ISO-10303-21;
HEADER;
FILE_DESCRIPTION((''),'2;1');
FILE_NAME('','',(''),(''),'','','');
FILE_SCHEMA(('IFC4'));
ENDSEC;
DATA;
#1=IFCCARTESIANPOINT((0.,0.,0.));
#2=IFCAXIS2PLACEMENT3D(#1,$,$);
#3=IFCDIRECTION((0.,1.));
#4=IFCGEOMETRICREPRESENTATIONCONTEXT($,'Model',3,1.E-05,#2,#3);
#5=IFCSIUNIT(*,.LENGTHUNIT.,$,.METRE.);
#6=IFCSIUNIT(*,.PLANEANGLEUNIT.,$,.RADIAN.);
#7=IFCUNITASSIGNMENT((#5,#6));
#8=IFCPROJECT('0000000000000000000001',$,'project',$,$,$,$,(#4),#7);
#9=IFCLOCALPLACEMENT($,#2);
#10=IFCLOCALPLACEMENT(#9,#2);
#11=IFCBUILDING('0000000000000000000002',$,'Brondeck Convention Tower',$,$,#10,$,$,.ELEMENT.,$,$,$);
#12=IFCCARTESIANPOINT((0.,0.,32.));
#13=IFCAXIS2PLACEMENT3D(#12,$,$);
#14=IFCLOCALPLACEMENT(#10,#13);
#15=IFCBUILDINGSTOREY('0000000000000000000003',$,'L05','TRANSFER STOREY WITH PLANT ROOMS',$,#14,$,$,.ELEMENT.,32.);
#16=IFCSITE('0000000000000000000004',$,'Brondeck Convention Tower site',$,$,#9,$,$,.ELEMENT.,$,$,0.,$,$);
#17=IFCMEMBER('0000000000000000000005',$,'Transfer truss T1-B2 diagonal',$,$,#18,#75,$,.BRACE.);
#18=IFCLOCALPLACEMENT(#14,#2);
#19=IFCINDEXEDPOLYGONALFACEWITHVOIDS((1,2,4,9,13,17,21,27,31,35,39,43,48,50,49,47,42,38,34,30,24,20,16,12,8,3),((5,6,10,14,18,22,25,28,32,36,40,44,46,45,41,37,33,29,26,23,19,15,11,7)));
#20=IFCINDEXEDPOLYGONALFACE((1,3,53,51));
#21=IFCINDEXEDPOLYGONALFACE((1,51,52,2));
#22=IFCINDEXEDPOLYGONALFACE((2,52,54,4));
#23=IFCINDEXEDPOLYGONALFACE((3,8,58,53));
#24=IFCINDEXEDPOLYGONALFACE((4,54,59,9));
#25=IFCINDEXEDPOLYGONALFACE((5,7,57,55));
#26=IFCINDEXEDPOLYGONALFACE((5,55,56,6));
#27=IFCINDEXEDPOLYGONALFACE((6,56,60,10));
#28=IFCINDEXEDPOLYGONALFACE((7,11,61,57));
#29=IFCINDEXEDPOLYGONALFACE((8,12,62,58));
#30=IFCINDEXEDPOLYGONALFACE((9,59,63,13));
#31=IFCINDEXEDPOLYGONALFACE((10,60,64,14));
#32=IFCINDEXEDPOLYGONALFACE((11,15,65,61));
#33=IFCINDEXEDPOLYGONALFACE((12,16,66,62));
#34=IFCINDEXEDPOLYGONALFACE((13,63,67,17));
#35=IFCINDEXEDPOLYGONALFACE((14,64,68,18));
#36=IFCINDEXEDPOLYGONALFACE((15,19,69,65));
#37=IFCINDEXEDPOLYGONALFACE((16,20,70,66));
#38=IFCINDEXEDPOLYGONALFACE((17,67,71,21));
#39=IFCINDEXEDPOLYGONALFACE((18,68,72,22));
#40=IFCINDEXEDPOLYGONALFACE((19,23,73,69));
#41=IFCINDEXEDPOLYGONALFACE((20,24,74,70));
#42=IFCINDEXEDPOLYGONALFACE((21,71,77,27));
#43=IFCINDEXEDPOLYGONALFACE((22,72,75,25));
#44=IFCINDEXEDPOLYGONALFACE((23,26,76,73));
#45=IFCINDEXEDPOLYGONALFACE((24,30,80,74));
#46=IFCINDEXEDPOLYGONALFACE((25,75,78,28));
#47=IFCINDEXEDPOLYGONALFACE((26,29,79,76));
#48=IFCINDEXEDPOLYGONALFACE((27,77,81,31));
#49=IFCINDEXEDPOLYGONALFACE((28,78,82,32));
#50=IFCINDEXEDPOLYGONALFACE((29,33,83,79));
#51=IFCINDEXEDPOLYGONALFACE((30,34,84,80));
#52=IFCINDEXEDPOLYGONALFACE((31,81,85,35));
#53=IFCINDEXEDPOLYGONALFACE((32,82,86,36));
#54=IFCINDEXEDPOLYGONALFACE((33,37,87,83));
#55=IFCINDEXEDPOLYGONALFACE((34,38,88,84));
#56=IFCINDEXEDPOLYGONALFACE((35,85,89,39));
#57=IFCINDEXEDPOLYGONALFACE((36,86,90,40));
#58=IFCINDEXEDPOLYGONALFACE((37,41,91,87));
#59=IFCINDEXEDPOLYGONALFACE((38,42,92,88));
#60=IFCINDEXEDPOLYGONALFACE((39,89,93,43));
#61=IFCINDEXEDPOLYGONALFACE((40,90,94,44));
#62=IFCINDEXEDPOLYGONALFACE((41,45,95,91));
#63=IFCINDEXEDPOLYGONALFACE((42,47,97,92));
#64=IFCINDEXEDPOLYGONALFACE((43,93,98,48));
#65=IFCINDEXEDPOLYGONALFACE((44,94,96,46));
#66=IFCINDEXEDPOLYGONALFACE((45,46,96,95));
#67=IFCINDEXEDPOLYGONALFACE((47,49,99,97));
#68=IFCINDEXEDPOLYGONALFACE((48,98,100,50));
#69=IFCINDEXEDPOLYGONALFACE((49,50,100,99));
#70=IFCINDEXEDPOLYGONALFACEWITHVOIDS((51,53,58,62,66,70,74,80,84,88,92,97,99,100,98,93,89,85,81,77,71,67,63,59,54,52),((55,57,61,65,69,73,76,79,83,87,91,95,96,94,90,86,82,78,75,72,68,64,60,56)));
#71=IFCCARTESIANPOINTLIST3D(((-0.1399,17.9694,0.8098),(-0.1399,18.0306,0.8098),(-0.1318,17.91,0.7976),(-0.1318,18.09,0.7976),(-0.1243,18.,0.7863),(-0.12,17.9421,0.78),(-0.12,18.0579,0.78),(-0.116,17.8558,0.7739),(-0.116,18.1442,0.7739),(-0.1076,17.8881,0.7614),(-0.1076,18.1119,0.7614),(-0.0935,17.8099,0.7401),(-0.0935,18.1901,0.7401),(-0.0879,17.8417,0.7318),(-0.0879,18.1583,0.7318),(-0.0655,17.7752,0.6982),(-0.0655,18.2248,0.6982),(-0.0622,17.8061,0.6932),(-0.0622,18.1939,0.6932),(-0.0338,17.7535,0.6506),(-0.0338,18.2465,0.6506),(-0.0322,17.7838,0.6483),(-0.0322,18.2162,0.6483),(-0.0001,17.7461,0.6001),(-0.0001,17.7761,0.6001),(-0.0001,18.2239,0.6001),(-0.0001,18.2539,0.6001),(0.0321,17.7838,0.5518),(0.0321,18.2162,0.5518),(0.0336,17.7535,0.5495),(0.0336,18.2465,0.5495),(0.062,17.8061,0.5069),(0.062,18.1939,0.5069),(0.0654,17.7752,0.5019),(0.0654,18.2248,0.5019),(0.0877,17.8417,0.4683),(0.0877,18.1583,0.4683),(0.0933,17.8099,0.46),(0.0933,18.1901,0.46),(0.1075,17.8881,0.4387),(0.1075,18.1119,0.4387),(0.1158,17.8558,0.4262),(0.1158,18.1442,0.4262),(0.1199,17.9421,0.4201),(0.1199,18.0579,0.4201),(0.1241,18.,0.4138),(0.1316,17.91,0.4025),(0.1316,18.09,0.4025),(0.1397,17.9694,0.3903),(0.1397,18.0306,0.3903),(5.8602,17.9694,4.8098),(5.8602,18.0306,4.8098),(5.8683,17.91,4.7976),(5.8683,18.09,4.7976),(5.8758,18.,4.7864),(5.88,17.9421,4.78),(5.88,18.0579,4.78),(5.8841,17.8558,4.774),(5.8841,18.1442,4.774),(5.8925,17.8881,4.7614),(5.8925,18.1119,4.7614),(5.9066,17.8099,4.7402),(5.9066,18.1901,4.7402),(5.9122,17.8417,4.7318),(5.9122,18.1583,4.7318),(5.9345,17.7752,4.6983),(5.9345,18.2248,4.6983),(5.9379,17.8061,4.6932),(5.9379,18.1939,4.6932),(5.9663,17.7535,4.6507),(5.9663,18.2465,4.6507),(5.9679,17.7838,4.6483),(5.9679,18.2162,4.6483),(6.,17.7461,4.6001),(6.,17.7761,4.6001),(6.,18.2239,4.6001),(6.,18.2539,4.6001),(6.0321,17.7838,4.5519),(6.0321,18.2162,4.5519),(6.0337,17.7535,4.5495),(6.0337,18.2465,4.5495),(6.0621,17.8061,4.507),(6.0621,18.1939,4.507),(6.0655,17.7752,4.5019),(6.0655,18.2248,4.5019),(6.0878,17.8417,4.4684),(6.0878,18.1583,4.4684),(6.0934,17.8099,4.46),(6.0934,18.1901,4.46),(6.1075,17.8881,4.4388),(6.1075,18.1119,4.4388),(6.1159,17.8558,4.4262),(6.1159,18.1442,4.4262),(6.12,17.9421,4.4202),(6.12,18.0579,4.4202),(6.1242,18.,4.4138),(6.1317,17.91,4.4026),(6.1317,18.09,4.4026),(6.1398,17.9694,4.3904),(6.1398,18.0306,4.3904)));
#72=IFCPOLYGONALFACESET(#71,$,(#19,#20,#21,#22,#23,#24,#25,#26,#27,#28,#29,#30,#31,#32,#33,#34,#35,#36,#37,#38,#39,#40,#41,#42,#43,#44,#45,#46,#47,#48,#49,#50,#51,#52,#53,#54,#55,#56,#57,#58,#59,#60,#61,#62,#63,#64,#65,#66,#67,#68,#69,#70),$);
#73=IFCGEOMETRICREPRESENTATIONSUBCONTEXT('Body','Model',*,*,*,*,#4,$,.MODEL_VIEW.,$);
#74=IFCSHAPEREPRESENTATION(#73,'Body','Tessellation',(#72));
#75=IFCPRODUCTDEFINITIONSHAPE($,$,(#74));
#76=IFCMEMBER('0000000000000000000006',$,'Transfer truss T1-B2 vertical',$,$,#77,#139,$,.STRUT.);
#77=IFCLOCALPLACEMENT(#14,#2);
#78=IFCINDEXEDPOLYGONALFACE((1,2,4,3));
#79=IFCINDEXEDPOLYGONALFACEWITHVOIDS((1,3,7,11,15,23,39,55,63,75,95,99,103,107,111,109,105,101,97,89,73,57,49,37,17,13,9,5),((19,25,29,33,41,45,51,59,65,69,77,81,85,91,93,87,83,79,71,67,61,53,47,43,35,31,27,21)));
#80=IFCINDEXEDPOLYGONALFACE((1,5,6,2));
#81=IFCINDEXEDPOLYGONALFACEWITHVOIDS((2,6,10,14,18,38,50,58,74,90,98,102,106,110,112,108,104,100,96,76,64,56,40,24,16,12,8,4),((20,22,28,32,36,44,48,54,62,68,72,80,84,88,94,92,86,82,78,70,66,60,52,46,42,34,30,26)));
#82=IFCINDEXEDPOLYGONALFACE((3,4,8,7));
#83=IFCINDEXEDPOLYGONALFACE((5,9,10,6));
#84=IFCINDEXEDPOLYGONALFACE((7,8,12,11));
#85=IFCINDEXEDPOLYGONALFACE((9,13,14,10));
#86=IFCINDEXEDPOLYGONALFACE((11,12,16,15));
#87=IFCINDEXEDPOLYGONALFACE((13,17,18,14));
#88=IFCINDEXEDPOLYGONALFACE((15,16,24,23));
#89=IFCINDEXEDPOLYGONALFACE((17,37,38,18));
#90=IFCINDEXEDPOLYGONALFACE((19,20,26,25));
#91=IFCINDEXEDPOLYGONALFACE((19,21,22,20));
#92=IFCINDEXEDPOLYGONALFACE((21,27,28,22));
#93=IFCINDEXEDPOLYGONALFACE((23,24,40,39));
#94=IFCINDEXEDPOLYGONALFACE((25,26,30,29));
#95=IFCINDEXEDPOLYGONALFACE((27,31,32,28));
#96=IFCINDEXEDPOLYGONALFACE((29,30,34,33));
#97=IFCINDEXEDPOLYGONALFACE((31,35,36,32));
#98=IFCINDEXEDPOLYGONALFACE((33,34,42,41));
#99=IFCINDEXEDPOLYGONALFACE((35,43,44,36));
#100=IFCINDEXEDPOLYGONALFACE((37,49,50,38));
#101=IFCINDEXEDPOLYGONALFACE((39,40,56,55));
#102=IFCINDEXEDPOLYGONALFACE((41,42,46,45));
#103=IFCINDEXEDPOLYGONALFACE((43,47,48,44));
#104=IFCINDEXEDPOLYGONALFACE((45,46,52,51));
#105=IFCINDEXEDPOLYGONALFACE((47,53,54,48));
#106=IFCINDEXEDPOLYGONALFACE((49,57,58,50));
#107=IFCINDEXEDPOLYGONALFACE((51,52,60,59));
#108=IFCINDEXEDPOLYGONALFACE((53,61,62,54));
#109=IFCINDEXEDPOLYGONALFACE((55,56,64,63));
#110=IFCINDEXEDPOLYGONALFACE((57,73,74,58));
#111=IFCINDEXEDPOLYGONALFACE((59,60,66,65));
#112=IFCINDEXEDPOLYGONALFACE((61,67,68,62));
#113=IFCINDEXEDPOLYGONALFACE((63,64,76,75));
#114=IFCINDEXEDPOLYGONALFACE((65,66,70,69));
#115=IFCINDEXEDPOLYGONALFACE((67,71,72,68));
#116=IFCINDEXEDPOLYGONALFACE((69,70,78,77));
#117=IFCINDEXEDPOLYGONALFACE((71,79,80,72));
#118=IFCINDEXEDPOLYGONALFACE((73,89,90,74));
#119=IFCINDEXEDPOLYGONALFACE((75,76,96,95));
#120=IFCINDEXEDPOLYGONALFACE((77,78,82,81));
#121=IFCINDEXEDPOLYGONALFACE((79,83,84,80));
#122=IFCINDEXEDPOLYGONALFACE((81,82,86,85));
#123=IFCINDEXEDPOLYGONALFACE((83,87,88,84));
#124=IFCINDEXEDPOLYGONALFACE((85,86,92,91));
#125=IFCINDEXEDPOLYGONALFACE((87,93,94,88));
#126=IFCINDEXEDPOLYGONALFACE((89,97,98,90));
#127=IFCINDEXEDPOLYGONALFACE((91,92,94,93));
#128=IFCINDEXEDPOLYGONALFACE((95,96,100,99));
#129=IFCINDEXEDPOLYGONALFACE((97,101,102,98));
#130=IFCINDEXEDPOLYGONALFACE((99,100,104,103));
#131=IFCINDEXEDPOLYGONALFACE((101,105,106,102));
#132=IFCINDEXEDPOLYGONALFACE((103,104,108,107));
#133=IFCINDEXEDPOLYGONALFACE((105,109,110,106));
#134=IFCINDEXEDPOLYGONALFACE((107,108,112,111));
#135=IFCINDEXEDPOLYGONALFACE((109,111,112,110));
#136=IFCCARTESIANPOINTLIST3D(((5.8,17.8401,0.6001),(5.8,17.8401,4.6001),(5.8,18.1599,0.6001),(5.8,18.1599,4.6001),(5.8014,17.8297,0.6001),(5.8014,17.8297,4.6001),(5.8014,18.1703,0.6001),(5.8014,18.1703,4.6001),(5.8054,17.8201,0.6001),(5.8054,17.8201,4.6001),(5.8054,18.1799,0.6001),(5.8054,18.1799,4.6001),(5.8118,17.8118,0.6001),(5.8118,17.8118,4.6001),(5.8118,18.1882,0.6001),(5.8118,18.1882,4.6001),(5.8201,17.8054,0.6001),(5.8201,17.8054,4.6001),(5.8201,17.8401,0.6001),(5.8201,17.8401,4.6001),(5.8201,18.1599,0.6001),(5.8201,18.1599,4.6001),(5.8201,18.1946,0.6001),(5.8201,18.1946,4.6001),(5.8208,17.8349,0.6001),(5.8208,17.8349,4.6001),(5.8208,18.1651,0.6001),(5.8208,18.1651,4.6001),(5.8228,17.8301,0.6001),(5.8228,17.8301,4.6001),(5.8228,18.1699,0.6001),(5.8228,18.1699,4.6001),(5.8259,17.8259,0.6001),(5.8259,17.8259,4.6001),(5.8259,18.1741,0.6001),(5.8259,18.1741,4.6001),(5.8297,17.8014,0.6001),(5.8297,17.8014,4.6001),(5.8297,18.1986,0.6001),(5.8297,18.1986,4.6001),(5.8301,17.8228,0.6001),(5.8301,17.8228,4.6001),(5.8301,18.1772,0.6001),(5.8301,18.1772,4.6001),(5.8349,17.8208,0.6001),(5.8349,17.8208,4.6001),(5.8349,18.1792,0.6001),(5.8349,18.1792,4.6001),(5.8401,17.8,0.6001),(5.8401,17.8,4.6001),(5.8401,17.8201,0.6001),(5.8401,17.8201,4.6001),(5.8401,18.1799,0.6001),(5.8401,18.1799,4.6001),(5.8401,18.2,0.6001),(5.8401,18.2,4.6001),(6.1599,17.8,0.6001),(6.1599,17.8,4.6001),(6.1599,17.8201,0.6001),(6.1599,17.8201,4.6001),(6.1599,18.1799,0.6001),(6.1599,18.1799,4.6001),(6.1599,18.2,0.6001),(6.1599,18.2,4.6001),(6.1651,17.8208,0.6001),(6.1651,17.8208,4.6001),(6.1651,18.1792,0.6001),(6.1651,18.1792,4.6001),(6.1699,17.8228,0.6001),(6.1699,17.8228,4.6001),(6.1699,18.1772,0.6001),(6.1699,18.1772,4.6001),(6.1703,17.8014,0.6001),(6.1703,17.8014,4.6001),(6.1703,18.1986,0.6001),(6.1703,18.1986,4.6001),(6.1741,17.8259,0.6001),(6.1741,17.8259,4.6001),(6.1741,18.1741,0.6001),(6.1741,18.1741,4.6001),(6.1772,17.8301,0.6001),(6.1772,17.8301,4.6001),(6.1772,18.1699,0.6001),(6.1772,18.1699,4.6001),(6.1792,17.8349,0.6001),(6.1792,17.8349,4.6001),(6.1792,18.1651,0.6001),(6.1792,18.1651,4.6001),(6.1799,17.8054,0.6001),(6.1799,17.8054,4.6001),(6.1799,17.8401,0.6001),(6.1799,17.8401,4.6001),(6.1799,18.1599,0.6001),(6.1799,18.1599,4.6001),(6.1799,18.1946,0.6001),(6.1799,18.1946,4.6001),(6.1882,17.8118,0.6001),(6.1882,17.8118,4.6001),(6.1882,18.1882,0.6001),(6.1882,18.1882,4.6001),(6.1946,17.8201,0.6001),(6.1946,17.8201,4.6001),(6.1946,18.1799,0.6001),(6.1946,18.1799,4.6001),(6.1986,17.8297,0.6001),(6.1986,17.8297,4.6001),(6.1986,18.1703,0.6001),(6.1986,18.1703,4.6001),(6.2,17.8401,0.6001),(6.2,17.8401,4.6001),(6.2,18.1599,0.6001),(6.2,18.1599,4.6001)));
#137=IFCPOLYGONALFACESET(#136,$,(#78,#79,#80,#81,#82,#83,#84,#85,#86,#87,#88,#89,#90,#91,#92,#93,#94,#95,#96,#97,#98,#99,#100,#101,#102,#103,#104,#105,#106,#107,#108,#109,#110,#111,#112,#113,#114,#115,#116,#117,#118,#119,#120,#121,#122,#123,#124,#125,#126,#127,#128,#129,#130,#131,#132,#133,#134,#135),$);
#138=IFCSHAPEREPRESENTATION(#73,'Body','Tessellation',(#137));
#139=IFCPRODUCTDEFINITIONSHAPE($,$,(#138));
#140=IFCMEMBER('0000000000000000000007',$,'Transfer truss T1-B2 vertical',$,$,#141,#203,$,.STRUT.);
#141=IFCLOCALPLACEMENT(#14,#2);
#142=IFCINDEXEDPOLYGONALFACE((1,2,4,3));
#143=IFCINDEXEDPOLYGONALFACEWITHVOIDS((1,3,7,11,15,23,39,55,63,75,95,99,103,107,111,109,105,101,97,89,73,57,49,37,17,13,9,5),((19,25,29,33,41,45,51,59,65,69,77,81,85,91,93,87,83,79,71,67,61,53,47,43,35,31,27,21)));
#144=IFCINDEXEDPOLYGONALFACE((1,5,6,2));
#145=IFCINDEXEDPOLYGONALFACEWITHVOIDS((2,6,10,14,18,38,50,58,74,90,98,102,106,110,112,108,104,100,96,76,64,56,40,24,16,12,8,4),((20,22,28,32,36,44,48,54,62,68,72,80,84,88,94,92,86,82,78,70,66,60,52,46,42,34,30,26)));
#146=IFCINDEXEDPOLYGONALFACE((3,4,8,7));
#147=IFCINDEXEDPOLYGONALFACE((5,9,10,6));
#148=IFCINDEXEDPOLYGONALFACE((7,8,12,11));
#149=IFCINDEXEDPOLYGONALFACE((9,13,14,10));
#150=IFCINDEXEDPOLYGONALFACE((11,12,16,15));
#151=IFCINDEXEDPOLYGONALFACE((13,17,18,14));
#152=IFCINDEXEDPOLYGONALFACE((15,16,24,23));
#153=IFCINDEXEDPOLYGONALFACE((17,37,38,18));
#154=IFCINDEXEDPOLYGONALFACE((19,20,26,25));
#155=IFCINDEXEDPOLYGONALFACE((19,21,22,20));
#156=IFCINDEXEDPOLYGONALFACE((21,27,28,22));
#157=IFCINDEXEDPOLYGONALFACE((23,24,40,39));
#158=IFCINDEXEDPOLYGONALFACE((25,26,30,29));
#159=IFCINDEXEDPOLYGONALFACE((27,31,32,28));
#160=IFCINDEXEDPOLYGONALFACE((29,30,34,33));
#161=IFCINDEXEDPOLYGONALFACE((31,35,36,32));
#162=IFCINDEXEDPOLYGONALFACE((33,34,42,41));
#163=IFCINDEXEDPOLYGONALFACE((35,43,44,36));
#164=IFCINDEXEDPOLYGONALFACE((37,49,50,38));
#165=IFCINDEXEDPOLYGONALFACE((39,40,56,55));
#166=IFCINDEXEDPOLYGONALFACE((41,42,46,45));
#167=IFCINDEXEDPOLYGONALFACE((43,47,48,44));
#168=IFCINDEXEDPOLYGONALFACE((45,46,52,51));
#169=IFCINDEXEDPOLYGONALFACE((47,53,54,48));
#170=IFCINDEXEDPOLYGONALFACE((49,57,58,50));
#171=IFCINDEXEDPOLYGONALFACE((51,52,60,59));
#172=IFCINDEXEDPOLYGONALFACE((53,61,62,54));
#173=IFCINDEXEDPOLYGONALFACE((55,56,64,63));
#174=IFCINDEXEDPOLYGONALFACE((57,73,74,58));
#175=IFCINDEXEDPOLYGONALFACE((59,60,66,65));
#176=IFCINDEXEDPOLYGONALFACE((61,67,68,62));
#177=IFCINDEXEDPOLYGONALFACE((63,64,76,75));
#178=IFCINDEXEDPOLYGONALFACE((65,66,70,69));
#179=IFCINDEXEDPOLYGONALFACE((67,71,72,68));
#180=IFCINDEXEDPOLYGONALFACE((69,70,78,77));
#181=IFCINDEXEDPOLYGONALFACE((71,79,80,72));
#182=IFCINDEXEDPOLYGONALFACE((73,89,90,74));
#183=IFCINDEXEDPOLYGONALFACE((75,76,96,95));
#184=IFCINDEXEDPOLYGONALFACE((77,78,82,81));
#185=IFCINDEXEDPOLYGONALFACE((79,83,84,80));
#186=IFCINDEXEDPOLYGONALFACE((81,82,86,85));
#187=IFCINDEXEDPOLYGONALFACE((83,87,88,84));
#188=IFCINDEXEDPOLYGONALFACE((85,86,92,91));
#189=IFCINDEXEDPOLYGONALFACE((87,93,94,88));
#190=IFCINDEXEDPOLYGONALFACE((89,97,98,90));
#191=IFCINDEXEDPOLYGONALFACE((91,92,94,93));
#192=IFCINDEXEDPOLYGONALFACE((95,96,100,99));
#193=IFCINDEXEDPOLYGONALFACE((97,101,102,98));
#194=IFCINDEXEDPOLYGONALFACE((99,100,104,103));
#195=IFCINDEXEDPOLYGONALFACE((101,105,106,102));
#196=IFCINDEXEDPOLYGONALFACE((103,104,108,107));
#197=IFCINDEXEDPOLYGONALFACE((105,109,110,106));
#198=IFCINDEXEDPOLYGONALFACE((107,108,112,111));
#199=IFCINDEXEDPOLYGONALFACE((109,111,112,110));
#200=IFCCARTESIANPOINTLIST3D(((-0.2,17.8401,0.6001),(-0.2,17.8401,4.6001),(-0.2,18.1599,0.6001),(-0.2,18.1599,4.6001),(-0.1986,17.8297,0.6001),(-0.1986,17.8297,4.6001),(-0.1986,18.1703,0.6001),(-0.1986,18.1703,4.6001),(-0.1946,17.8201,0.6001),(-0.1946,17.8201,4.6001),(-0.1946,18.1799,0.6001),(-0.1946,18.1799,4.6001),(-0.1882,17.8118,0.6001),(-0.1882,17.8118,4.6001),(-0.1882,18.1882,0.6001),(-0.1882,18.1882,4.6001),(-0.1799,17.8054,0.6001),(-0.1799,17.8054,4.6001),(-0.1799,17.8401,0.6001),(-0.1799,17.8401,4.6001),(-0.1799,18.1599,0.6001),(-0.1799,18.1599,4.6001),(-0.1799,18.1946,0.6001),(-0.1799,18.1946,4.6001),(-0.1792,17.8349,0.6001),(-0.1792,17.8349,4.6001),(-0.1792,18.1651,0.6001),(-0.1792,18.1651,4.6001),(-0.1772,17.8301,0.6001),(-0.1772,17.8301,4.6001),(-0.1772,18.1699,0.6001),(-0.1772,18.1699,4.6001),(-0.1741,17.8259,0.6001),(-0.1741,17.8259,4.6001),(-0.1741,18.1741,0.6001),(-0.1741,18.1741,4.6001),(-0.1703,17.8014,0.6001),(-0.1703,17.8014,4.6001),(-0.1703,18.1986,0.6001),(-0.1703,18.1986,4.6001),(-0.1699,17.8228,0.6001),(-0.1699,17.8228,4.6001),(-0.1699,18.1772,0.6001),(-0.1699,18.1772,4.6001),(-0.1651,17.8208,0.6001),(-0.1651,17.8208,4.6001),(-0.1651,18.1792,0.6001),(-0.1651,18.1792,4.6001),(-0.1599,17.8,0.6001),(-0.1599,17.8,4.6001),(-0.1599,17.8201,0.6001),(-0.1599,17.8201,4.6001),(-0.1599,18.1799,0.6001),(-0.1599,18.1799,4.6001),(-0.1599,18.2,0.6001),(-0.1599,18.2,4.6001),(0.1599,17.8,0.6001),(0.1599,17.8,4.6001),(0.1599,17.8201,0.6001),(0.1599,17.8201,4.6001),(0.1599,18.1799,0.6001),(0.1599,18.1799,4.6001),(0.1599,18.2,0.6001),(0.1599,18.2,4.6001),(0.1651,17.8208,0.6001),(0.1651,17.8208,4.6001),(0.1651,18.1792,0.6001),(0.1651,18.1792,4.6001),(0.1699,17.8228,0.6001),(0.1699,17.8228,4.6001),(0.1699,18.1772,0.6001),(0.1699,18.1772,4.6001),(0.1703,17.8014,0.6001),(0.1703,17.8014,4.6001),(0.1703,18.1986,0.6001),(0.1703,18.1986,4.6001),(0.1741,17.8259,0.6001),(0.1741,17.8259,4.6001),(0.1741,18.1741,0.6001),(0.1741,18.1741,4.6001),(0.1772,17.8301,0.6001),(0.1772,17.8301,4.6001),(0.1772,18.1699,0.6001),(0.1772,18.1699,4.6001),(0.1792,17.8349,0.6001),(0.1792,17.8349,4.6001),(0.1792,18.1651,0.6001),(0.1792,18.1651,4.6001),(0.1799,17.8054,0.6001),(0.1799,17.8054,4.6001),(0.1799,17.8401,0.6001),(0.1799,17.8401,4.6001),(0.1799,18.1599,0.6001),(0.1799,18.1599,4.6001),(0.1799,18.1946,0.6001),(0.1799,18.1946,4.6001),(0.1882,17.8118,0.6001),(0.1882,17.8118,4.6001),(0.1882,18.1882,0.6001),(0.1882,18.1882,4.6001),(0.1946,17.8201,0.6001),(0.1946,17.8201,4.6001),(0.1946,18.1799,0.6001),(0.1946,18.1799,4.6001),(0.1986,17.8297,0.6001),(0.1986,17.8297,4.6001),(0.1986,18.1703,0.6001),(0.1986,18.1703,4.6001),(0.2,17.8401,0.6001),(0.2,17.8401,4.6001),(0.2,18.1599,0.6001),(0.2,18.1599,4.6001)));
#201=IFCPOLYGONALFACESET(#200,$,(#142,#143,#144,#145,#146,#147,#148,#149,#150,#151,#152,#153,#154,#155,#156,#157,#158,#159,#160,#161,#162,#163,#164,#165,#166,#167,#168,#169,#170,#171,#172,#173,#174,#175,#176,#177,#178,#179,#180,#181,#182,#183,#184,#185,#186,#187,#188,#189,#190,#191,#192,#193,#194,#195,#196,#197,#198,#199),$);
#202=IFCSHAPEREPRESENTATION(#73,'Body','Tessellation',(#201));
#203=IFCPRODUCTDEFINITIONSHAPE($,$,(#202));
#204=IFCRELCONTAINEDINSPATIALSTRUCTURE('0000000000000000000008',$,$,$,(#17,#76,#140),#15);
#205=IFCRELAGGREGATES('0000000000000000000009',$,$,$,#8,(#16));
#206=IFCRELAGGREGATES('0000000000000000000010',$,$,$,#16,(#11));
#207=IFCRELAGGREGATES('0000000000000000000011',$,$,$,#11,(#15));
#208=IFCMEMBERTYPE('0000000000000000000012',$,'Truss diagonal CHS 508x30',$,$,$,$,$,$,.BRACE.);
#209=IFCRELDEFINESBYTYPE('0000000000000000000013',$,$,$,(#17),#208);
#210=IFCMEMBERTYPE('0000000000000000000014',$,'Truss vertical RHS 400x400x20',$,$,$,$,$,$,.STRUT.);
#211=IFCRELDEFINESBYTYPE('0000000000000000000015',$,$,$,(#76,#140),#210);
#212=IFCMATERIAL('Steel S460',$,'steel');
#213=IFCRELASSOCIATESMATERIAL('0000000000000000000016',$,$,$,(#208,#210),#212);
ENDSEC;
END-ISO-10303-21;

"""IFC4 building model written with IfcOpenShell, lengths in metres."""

from ifc_helpers import new_model, si_unit, direction, frame, origin, origin_2d, place, context, subcontext, project, spatial, hollow_rectangle, hollow_circle, extrude, material, material_profile, profile_set, type_object, element, save


model = new_model("IFC4")

# Units and contexts
model_context = context("Model", 3, precision=1e-05, world=origin(), true_north=direction((0.0, 1.0)))
body_context = subcontext(model_context, "Body", "Model", "MODEL_VIEW")
ifc_project = project(units=[si_unit("LENGTHUNIT", "METRE"), si_unit("PLANEANGLEUNIT", "RADIAN")], contexts=[model_context])

# Site, building, storey
site_placement = place(None, origin())
site = spatial("IfcSite", under=ifc_project, at=site_placement, Name="Brondeck Convention Tower site", CompositionType="ELEMENT", RefElevation=0.0)
building_placement = place(site_placement, origin())
building = spatial("IfcBuilding", under=site, at=building_placement, Name="Brondeck Convention Tower", CompositionType="ELEMENT")
storey_placement = place(building_placement, frame((0.0, 0.0, 32.0)))
storey = spatial("IfcBuildingStorey", under=building, at=storey_placement, Name="L05", Description="TRANSFER STOREY WITH PLANT ROOMS", CompositionType="ELEMENT", Elevation=32.0)

# Shared definitions
ifc_material_1 = material(Name="Steel S460", Category="steel")

# Members
ifc_material_profile_1 = material_profile(ifc_material_1, hollow_circle(Radius=0.2539, WallThickness=0.03, at=origin_2d()), Name="CHS 508x30")
ifc_profile_set_1 = profile_set([ifc_material_profile_1], Name="Steel S460")
member_type_1 = type_object("IfcMemberType", Name="Truss diagonal CHS 508x30", PredefinedType="BRACE", material=ifc_profile_set_1)
member_1_placement = place(storey_placement, frame((6.0, 18.0, 4.6001), z_axis=(-0.83205, 0.0, -0.5547), x_axis=(0.0, -1.0, 0.0)))
element("IfcMember", 1, at=member_1_placement, inside=storey, type_object=member_type_1, Name="Transfer truss T1-B2 diagonal", PredefinedType="BRACE", context=body_context, shape_type="SweptSolid", body=[
    extrude(hollow_circle(Radius=0.2539, WallThickness=0.03, at=origin_2d()), origin(), (0.0, 0.0, 1.0), 7.2112),
])
ifc_material_profile_2 = material_profile(ifc_material_1, hollow_rectangle(XDim=0.3999, YDim=0.3999, WallThickness=0.02, InnerFilletRadius=0.02, OuterFilletRadius=0.04, at=origin_2d()), Name="RHS 400x400x20")
ifc_profile_set_2 = profile_set([ifc_material_profile_2], Name="Steel S460")
member_type_2 = type_object("IfcMemberType", Name="Truss vertical RHS 400x400x20", PredefinedType="STRUT", material=ifc_profile_set_2)
for number, where, z_axis, x_axis, name in (
    (2, (6.0, 18.0, 0.6001), (0.0, 0.0, 1.0), (1.0, 0.0, 0.0), "Transfer truss T1-B2 vertical"),
    (3, (0.0, 18.0, 0.6001), (0.0, 0.0, 1.0), (1.0, 0.0, 0.0), "Transfer truss T1-B2 vertical"),
):
    element("IfcMember", number, at=place(storey_placement, frame(where, z_axis=z_axis, x_axis=x_axis)), inside=storey, type_object=member_type_2, Name=name, PredefinedType="STRUT", context=body_context, shape_type="SweptSolid", body=[
        extrude(hollow_rectangle(XDim=0.3999, YDim=0.3999, WallThickness=0.02, InnerFilletRadius=0.02, OuterFilletRadius=0.04, at=origin_2d()), origin(), (0.0, 0.0, 1.0), 4.0),
    ])

save(model, "model.ifc")
